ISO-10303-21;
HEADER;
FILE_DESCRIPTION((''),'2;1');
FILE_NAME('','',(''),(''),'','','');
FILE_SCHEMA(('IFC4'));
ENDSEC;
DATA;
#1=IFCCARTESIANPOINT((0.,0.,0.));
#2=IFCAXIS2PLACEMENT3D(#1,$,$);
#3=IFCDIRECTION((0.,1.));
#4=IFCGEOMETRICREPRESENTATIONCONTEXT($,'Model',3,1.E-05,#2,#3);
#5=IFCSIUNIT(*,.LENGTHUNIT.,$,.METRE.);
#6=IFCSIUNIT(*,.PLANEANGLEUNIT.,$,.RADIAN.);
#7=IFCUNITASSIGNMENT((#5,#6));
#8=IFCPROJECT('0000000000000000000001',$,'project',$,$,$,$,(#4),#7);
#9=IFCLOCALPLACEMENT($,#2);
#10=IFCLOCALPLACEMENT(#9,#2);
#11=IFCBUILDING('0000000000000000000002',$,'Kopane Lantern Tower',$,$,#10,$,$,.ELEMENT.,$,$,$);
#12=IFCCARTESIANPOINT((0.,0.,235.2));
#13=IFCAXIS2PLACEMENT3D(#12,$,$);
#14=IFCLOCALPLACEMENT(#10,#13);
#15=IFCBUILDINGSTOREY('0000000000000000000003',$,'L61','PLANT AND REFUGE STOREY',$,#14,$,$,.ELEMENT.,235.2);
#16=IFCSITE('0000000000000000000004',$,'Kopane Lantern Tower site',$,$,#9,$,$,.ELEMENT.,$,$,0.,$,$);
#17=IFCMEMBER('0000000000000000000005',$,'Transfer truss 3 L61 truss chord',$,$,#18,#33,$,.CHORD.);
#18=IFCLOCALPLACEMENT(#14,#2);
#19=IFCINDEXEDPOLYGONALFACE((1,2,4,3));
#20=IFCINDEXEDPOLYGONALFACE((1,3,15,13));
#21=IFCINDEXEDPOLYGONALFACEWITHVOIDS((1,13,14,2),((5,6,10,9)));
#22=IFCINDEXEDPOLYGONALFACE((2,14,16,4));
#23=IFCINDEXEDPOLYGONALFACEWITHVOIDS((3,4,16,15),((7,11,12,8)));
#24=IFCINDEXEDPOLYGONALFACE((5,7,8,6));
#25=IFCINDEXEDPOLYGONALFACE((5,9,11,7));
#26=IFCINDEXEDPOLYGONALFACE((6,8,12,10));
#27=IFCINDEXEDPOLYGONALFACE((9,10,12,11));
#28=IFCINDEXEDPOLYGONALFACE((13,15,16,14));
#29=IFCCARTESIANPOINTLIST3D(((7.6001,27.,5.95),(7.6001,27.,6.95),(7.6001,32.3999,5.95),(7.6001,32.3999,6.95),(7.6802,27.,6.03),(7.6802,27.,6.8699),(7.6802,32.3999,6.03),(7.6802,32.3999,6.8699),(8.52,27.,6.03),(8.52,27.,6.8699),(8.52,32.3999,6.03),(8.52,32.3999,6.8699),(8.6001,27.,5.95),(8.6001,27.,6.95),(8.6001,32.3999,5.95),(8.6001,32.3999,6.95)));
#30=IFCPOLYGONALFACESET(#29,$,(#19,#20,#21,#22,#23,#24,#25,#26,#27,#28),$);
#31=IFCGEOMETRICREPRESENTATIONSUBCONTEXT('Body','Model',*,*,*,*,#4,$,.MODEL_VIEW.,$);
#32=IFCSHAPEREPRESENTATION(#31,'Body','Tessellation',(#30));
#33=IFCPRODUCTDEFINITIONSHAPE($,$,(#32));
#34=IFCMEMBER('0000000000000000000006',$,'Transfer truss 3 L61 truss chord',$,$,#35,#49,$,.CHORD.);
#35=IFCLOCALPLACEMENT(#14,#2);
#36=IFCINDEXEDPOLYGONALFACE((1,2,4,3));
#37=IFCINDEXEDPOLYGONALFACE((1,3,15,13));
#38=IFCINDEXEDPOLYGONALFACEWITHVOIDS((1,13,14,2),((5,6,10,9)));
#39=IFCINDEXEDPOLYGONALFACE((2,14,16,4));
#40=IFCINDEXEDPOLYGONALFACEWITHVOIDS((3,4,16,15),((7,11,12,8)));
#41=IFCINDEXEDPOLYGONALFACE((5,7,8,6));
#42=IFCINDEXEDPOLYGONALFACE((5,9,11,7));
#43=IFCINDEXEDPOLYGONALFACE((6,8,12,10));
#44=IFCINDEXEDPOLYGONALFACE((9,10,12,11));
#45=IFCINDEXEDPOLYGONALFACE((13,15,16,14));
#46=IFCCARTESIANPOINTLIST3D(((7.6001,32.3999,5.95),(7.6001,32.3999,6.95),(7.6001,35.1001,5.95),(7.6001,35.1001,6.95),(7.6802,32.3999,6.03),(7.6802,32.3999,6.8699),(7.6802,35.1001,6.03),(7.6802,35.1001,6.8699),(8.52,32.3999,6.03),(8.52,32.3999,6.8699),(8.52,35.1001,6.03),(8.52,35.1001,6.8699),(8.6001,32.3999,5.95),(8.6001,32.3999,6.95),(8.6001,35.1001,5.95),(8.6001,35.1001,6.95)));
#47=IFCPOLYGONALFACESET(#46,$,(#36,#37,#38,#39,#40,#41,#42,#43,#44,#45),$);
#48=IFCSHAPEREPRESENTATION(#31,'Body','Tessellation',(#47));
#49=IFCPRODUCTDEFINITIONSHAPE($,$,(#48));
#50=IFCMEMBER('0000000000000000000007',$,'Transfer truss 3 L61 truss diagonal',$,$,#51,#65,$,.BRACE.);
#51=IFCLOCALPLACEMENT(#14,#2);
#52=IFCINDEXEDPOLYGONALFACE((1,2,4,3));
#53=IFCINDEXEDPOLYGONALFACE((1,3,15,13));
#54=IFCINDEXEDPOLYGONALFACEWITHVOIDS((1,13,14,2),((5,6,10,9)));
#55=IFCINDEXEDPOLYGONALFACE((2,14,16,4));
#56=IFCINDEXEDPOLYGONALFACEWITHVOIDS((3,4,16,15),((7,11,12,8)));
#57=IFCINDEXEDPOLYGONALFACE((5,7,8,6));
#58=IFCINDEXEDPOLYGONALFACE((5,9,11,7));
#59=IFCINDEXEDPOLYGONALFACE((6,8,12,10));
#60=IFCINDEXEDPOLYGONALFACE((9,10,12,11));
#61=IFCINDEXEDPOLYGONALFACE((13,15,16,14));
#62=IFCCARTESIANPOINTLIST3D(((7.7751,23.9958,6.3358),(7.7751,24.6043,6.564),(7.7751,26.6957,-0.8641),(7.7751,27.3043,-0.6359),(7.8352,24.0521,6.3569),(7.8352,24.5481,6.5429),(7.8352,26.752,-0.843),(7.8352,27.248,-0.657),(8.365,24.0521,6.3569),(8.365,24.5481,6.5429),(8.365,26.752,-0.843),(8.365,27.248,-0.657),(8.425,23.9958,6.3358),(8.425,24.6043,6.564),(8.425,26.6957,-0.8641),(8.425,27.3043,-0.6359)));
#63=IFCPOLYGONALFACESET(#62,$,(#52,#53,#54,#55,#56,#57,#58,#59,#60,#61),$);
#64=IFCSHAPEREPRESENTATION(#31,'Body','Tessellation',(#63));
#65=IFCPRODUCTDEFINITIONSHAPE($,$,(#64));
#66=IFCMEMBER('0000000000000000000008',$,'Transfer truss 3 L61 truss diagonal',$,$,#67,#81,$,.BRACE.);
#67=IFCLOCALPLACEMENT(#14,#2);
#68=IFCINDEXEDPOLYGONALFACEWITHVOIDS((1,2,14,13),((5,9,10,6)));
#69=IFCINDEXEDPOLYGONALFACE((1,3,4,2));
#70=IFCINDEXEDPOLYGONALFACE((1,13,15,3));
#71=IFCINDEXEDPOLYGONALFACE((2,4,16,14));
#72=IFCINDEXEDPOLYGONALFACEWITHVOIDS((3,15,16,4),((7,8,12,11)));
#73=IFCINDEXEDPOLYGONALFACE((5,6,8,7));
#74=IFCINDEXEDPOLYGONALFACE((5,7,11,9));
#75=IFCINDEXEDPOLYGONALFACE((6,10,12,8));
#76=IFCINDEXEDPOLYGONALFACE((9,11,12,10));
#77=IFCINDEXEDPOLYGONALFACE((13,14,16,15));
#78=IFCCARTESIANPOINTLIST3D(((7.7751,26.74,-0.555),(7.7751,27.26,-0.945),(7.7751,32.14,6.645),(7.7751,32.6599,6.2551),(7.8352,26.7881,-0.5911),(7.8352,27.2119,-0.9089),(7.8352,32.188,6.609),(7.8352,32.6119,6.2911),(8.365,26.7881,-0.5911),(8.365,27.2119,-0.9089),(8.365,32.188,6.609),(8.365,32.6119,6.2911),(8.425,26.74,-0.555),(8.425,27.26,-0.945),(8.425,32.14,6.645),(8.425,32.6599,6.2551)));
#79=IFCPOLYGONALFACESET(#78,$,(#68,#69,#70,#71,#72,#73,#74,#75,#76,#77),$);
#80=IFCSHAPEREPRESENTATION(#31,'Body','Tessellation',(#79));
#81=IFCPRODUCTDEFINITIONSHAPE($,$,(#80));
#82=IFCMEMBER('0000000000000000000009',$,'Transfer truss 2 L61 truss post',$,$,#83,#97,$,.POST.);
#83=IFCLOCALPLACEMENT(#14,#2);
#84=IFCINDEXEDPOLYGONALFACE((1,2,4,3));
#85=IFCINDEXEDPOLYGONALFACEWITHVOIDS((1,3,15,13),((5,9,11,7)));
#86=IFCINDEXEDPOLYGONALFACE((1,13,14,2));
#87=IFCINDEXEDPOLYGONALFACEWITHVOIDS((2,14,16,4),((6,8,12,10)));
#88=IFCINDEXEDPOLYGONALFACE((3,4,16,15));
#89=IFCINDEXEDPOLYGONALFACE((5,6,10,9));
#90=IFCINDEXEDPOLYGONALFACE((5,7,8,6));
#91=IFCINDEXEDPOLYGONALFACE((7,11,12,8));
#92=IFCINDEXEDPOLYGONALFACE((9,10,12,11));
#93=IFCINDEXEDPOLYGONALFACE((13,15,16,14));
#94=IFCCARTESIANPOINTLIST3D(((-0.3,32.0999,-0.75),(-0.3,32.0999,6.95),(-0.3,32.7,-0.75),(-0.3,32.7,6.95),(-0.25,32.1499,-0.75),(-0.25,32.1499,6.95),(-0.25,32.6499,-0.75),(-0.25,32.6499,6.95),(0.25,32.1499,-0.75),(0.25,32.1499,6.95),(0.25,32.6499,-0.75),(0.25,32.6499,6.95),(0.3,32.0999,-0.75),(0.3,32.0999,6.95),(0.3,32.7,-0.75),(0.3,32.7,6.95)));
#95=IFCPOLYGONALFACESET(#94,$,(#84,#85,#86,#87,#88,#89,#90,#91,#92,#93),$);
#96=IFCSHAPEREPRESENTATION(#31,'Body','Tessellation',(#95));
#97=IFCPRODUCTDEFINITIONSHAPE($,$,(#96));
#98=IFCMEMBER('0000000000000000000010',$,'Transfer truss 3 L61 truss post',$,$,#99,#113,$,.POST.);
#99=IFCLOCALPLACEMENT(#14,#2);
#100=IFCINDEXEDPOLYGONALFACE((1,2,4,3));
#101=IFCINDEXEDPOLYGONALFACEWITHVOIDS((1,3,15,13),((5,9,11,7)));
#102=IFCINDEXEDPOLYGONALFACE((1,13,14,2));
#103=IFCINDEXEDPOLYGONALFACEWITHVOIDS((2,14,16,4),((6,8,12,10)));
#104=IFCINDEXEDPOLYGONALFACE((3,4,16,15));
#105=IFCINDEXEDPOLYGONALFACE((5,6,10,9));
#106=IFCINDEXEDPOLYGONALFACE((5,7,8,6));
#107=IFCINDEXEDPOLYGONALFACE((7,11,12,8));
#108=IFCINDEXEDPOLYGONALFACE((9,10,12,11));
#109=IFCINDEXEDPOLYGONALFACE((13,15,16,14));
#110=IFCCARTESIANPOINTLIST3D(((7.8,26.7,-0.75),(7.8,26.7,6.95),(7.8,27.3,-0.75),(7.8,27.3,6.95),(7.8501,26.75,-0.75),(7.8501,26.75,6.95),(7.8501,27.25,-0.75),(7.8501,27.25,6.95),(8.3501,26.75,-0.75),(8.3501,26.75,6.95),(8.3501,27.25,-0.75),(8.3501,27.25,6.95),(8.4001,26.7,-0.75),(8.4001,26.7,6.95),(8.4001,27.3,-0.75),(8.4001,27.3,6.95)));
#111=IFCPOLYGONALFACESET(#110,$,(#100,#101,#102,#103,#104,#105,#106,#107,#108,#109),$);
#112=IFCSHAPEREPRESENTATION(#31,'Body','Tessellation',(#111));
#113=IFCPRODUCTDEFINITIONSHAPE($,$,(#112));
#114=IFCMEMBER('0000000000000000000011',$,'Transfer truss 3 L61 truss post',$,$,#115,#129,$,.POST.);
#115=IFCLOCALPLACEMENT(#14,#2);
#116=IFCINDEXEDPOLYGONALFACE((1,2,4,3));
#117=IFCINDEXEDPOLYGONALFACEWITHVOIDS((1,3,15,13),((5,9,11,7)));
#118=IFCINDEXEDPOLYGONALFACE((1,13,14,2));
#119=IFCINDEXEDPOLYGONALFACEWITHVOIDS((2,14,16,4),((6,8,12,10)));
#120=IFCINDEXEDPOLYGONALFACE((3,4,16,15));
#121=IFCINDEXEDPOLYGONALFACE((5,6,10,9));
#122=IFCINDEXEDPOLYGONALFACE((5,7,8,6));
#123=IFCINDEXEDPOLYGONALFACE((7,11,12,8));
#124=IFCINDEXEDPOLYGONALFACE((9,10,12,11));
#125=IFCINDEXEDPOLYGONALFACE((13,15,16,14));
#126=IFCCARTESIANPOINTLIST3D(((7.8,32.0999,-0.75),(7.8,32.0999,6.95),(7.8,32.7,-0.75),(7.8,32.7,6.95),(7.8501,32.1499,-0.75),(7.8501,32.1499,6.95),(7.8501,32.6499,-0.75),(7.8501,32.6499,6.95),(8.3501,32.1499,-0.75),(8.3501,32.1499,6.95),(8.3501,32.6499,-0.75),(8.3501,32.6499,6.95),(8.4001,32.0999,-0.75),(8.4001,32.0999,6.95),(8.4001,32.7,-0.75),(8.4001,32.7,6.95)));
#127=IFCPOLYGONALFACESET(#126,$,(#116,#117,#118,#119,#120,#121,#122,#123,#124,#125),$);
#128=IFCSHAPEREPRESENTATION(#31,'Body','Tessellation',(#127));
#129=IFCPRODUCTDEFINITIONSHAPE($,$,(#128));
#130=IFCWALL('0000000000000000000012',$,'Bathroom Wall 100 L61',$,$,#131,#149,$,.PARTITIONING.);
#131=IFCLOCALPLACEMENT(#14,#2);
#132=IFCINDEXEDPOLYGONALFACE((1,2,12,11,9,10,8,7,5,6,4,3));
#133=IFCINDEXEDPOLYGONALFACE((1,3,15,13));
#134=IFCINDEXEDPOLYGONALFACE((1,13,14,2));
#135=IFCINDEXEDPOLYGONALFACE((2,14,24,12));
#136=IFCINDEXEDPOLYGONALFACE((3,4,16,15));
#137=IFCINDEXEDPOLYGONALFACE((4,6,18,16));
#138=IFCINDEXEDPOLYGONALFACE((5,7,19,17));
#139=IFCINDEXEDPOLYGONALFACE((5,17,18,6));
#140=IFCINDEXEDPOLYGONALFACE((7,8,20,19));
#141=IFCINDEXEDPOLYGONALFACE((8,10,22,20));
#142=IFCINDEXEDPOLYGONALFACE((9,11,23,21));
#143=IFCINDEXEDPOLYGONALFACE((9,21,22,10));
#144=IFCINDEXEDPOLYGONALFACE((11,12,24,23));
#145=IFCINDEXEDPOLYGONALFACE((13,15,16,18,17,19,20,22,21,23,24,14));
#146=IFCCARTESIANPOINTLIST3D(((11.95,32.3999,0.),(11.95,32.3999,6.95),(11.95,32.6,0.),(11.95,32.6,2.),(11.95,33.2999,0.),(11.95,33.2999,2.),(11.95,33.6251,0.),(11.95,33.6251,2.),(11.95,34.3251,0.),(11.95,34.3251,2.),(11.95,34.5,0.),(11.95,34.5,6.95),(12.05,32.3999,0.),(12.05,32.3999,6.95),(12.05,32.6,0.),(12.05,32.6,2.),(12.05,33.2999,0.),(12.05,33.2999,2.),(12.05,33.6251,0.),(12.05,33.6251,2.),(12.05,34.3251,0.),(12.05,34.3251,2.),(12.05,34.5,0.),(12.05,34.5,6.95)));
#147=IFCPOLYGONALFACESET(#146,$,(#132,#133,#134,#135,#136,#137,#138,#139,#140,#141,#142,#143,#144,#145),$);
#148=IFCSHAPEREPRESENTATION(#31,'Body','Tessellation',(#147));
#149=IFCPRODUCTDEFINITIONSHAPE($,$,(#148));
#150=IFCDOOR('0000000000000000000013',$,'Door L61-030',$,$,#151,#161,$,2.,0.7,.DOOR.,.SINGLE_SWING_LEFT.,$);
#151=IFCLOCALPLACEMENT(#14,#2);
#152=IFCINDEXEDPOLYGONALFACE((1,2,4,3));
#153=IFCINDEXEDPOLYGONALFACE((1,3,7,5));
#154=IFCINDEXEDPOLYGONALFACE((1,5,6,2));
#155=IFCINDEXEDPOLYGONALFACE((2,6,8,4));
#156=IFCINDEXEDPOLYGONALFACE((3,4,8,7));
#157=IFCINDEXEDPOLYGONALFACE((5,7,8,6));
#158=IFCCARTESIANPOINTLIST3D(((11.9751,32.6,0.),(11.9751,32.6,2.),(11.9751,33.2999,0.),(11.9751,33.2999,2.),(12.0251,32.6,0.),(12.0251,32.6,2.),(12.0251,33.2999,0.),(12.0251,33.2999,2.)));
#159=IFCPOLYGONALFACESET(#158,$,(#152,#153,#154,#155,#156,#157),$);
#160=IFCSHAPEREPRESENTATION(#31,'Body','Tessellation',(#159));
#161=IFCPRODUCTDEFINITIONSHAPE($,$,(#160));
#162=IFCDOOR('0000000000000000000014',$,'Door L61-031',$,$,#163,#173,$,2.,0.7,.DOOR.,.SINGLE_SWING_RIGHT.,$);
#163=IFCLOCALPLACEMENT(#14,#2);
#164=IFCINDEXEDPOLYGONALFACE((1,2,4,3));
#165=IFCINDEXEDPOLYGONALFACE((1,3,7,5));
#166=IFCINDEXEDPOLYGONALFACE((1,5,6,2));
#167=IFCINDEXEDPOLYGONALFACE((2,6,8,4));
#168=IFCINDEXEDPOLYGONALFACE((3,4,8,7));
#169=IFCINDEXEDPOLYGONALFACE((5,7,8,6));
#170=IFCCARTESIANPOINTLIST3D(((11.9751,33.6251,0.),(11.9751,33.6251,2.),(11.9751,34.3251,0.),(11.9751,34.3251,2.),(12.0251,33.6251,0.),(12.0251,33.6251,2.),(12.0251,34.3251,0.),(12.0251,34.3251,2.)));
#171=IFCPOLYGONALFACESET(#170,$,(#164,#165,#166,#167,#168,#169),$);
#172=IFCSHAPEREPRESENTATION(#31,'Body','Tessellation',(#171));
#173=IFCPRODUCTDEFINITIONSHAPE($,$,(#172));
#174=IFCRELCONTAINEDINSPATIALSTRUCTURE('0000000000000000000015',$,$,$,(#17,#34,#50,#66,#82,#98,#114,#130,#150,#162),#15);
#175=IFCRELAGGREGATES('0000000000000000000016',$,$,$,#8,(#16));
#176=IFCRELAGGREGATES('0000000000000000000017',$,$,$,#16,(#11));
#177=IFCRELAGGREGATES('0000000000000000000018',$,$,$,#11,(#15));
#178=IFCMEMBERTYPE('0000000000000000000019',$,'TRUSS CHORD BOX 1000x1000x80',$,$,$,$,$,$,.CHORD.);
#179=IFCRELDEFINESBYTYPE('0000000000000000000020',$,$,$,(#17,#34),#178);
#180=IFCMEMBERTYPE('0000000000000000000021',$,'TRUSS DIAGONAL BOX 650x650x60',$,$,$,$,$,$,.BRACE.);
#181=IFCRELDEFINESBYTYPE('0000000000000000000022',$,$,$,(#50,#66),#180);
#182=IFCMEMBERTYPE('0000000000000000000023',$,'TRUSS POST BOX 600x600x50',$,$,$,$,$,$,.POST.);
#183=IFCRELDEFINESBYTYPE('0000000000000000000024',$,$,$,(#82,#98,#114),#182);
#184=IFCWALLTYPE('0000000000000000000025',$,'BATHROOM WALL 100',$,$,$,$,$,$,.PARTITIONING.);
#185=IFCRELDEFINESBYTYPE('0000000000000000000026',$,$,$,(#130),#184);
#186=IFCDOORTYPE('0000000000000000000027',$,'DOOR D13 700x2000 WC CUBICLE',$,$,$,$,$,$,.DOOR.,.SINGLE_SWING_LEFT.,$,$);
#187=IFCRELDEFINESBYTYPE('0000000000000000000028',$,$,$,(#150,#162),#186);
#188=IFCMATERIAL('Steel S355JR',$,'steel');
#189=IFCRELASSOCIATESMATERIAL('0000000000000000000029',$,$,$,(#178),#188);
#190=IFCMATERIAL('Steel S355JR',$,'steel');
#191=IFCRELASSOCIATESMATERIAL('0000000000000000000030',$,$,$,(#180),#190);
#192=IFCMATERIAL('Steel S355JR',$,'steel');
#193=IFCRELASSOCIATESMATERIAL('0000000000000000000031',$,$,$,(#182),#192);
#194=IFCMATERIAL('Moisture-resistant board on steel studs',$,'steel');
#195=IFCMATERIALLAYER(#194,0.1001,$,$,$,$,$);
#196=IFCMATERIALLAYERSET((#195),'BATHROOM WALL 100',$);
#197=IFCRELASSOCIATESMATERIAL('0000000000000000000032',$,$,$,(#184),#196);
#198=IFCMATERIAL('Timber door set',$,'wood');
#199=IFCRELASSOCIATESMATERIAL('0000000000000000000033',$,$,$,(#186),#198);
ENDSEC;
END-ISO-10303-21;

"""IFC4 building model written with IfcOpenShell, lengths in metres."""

from ifc_helpers import new_model, si_unit, direction, frame, frame_2d, origin, origin_2d, place, context, subcontext, project, spatial, rectangle, hollow_rectangle, extrude, material, layer, layer_set, material_profile, profile_set, type_object, element, fill, save


model = new_model("IFC4")

# Units and contexts
model_context = context("Model", 3, precision=1e-05, world=origin(), true_north=direction((0.0, 1.0)))
body_context = subcontext(model_context, "Body", "Model", "MODEL_VIEW")
ifc_project = project(units=[si_unit("LENGTHUNIT", "METRE"), si_unit("PLANEANGLEUNIT", "RADIAN")], contexts=[model_context])

# Site, building, storey
site_placement = place(None, origin())
site = spatial("IfcSite", under=ifc_project, at=site_placement, Name="Kopane Lantern Tower site", CompositionType="ELEMENT", RefElevation=0.0)
building_placement = place(site_placement, origin())
building = spatial("IfcBuilding", under=site, at=building_placement, Name="Kopane Lantern Tower", CompositionType="ELEMENT")
storey_placement = place(building_placement, frame((0.0, 0.0, 235.2)))
storey = spatial("IfcBuildingStorey", under=building, at=storey_placement, Name="L61", Description="PLANT AND REFUGE STOREY", CompositionType="ELEMENT", Elevation=235.2)

# Members
ifc_material_1 = material(Name="Steel S355JR", Category="steel")
ifc_material_profile_1 = material_profile(ifc_material_1, hollow_rectangle(XDim=1.0, YDim=1.0, WallThickness=0.0801, at=origin_2d()), Name="BOX 1000x1000x80")
ifc_profile_set_1 = profile_set([ifc_material_profile_1], Name="Steel S355JR")
member_type_1 = type_object("IfcMemberType", Name="TRUSS CHORD BOX 1000x1000x80", PredefinedType="CHORD", material=ifc_profile_set_1)
member_1_placement = place(storey_placement, frame((8.1001, 27.0, 6.45), z_axis=(0.0, 1.0, 0.0), x_axis=(-1.0, 0.0, 0.0)))
element("IfcMember", 1, at=member_1_placement, inside=storey, type_object=member_type_1, Name="Transfer truss 3 L61 truss chord", PredefinedType="CHORD", context=body_context, shape_type="SweptSolid", body=[
    extrude(hollow_rectangle(XDim=1.0, YDim=1.0, WallThickness=0.0801, at=origin_2d()), origin(), (0.0, 0.0, 1.0), 5.3999),
])
member_2_placement = place(storey_placement, frame((8.1001, 32.3999, 6.45), z_axis=(0.0, 1.0, 0.0), x_axis=(-1.0, 0.0, 0.0)))
element("IfcMember", 2, at=member_2_placement, inside=storey, type_object=member_type_1, Name="Transfer truss 3 L61 truss chord", PredefinedType="CHORD", context=body_context, shape_type="SweptSolid", body=[
    extrude(hollow_rectangle(XDim=1.0, YDim=1.0, WallThickness=0.0801, at=origin_2d()), origin(), (0.0, 0.0, 1.0), 2.7002),
])
ifc_material_2 = material(Name="Steel S355JR", Category="steel")
ifc_material_profile_2 = material_profile(ifc_material_2, hollow_rectangle(XDim=0.6499, YDim=0.6499, WallThickness=0.0601, at=origin_2d()), Name="BOX 650x650x60")
ifc_profile_set_2 = profile_set([ifc_material_profile_2], Name="Steel S355JR")
member_type_2 = type_object("IfcMemberType", Name="TRUSS DIAGONAL BOX 650x650x60", PredefinedType="BRACE", material=ifc_profile_set_2)
member_3_placement = place(storey_placement, frame((8.1001, 27.0, -0.75), z_axis=(0.0, -0.35112, 0.93633), x_axis=(1.0, 0.0, 0.0)))
element("IfcMember", 3, at=member_3_placement, inside=storey, type_object=member_type_2, Name="Transfer truss 3 L61 truss diagonal", PredefinedType="BRACE", context=body_context, shape_type="SweptSolid", body=[
    extrude(hollow_rectangle(XDim=0.6499, YDim=0.6499, WallThickness=0.0601, at=origin_2d()), origin(), (0.0, 0.0, 1.0), 7.6895),
])
member_4_placement = place(storey_placement, frame((8.1001, 27.0, -0.75), z_axis=(0.0, 0.599996, 0.800003), x_axis=(-1.0, 0.0, 0.0)))
element("IfcMember", 4, at=member_4_placement, inside=storey, type_object=member_type_2, Name="Transfer truss 3 L61 truss diagonal", PredefinedType="BRACE", context=body_context, shape_type="SweptSolid", body=[
    extrude(hollow_rectangle(XDim=0.6499, YDim=0.6499, WallThickness=0.0601, at=origin_2d()), origin(), (0.0, 0.0, 1.0), 9.0),
])
ifc_material_3 = material(Name="Steel S355JR", Category="steel")
ifc_material_profile_3 = material_profile(ifc_material_3, hollow_rectangle(XDim=0.6001, YDim=0.6001, WallThickness=0.05, at=origin_2d()), Name="BOX 600x600x50")
ifc_profile_set_3 = profile_set([ifc_material_profile_3], Name="Steel S355JR")
member_type_3 = type_object("IfcMemberType", Name="TRUSS POST BOX 600x600x50", PredefinedType="POST", material=ifc_profile_set_3)
for number, where, z_axis, x_axis, name in (
    (5, (0.0, 32.3999, -0.75), (0.0, 0.0, 1.0), (1.0, 0.0, 0.0), "Transfer truss 2 L61 truss post"),
    (6, (8.1001, 27.0, -0.75), (0.0, 0.0, 1.0), (1.0, 0.0, 0.0), "Transfer truss 3 L61 truss post"),
    (7, (8.1001, 32.3999, -0.75), (0.0, 0.0, 1.0), (1.0, 0.0, 0.0), "Transfer truss 3 L61 truss post"),
):
    element("IfcMember", number, at=place(storey_placement, frame(where, z_axis=z_axis, x_axis=x_axis)), inside=storey, type_object=member_type_3, Name=name, PredefinedType="POST", context=body_context, shape_type="SweptSolid", body=[
        extrude(hollow_rectangle(XDim=0.6001, YDim=0.6001, WallThickness=0.05, at=origin_2d()), origin(), (0.0, 0.0, 1.0), 7.7),
    ])

# Wall, openings, doors
ifc_material_4 = material(Name="Moisture-resistant board on steel studs", Category="steel")
ifc_layer_1 = layer(ifc_material_4, 0.1001)
ifc_layer_set_1 = layer_set([ifc_layer_1], Name="BATHROOM WALL 100")
wall_type_1 = type_object("IfcWallType", Name="BATHROOM WALL 100", PredefinedType="PARTITIONING", material=ifc_layer_set_1)
wall_1_placement = place(storey_placement, frame((12.0, 32.3999, 0.0), z_axis=(0.0, 0.0, 1.0), x_axis=(0.0, 1.0, 0.0)))
wall_1 = element("IfcWall", 8, at=wall_1_placement, inside=storey, type_object=wall_type_1, Name="Bathroom Wall 100 L61", PredefinedType="PARTITIONING", context=body_context, shape_type="SweptSolid", body=[
    extrude(rectangle(XDim=2.1001, YDim=0.1001, at=frame_2d((1.05, 0.0))), origin(), (0.0, 0.0, 1.0), 6.95),
])
opening_1_placement = place(wall_1_placement, frame((0.2, 0.0, 0.0)))
opening_1 = element("IfcOpeningElement", 9, at=opening_1_placement, cuts=wall_1, PredefinedType="OPENING", context=body_context, shape_type="SweptSolid", body=[
    extrude(rectangle(XDim=0.7, YDim=2.0, at=frame_2d((0.3501, 1.0))), frame((0.0, 0.0601, 0.0), z_axis=(0.0, -1.0, 0.0), x_axis=(1.0, 0.0, 0.0)), (0.0, 0.0, 1.0), 0.1201),
])
opening_2_placement = place(wall_1_placement, frame((1.2251, 0.0, 0.0)))
opening_2 = element("IfcOpeningElement", 10, at=opening_2_placement, cuts=wall_1, PredefinedType="OPENING", context=body_context, shape_type="SweptSolid", body=[
    extrude(rectangle(XDim=0.7, YDim=2.0, at=frame_2d((0.3501, 1.0))), frame((0.0, 0.0601, 0.0), z_axis=(0.0, -1.0, 0.0), x_axis=(1.0, 0.0, 0.0)), (0.0, 0.0, 1.0), 0.1201),
])
ifc_material_5 = material(Name="Timber door set", Category="wood")
door_type = type_object("IfcDoorType", Name="DOOR D13 700x2000 WC CUBICLE", OperationType="SINGLE_SWING_LEFT", PredefinedType="DOOR", material=ifc_material_5)
door_1_placement = place(opening_1_placement, origin())
door_1 = element("IfcDoor", 11, at=door_1_placement, inside=storey, type_object=door_type, Name="Door L61-030", OperationType="SINGLE_SWING_LEFT", OverallHeight=2.0, OverallWidth=0.7, PredefinedType="DOOR", context=body_context, shape_type="SweptSolid", body=[
    extrude(rectangle(XDim=0.7, YDim=2.0, at=frame_2d((0.3501, 1.0))), frame((0.0, 0.0249, 0.0), z_axis=(0.0, -1.0, 0.0), x_axis=(1.0, 0.0, 0.0)), (0.0, 0.0, 1.0), 0.05),
])
fill(opening_1, door_1)
door_2_placement = place(opening_2_placement, origin())
door_2 = element("IfcDoor", 12, at=door_2_placement, inside=storey, type_object=door_type, Name="Door L61-031", OperationType="SINGLE_SWING_RIGHT", OverallHeight=2.0, OverallWidth=0.7, PredefinedType="DOOR", context=body_context, shape_type="SweptSolid", body=[
    extrude(rectangle(XDim=0.7, YDim=2.0, at=frame_2d((0.3501, 1.0))), frame((0.0, 0.0249, 0.0), z_axis=(0.0, -1.0, 0.0), x_axis=(1.0, 0.0, 0.0)), (0.0, 0.0, 1.0), 0.05),
])
fill(opening_2, door_2)

save(model, "model.ifc")
